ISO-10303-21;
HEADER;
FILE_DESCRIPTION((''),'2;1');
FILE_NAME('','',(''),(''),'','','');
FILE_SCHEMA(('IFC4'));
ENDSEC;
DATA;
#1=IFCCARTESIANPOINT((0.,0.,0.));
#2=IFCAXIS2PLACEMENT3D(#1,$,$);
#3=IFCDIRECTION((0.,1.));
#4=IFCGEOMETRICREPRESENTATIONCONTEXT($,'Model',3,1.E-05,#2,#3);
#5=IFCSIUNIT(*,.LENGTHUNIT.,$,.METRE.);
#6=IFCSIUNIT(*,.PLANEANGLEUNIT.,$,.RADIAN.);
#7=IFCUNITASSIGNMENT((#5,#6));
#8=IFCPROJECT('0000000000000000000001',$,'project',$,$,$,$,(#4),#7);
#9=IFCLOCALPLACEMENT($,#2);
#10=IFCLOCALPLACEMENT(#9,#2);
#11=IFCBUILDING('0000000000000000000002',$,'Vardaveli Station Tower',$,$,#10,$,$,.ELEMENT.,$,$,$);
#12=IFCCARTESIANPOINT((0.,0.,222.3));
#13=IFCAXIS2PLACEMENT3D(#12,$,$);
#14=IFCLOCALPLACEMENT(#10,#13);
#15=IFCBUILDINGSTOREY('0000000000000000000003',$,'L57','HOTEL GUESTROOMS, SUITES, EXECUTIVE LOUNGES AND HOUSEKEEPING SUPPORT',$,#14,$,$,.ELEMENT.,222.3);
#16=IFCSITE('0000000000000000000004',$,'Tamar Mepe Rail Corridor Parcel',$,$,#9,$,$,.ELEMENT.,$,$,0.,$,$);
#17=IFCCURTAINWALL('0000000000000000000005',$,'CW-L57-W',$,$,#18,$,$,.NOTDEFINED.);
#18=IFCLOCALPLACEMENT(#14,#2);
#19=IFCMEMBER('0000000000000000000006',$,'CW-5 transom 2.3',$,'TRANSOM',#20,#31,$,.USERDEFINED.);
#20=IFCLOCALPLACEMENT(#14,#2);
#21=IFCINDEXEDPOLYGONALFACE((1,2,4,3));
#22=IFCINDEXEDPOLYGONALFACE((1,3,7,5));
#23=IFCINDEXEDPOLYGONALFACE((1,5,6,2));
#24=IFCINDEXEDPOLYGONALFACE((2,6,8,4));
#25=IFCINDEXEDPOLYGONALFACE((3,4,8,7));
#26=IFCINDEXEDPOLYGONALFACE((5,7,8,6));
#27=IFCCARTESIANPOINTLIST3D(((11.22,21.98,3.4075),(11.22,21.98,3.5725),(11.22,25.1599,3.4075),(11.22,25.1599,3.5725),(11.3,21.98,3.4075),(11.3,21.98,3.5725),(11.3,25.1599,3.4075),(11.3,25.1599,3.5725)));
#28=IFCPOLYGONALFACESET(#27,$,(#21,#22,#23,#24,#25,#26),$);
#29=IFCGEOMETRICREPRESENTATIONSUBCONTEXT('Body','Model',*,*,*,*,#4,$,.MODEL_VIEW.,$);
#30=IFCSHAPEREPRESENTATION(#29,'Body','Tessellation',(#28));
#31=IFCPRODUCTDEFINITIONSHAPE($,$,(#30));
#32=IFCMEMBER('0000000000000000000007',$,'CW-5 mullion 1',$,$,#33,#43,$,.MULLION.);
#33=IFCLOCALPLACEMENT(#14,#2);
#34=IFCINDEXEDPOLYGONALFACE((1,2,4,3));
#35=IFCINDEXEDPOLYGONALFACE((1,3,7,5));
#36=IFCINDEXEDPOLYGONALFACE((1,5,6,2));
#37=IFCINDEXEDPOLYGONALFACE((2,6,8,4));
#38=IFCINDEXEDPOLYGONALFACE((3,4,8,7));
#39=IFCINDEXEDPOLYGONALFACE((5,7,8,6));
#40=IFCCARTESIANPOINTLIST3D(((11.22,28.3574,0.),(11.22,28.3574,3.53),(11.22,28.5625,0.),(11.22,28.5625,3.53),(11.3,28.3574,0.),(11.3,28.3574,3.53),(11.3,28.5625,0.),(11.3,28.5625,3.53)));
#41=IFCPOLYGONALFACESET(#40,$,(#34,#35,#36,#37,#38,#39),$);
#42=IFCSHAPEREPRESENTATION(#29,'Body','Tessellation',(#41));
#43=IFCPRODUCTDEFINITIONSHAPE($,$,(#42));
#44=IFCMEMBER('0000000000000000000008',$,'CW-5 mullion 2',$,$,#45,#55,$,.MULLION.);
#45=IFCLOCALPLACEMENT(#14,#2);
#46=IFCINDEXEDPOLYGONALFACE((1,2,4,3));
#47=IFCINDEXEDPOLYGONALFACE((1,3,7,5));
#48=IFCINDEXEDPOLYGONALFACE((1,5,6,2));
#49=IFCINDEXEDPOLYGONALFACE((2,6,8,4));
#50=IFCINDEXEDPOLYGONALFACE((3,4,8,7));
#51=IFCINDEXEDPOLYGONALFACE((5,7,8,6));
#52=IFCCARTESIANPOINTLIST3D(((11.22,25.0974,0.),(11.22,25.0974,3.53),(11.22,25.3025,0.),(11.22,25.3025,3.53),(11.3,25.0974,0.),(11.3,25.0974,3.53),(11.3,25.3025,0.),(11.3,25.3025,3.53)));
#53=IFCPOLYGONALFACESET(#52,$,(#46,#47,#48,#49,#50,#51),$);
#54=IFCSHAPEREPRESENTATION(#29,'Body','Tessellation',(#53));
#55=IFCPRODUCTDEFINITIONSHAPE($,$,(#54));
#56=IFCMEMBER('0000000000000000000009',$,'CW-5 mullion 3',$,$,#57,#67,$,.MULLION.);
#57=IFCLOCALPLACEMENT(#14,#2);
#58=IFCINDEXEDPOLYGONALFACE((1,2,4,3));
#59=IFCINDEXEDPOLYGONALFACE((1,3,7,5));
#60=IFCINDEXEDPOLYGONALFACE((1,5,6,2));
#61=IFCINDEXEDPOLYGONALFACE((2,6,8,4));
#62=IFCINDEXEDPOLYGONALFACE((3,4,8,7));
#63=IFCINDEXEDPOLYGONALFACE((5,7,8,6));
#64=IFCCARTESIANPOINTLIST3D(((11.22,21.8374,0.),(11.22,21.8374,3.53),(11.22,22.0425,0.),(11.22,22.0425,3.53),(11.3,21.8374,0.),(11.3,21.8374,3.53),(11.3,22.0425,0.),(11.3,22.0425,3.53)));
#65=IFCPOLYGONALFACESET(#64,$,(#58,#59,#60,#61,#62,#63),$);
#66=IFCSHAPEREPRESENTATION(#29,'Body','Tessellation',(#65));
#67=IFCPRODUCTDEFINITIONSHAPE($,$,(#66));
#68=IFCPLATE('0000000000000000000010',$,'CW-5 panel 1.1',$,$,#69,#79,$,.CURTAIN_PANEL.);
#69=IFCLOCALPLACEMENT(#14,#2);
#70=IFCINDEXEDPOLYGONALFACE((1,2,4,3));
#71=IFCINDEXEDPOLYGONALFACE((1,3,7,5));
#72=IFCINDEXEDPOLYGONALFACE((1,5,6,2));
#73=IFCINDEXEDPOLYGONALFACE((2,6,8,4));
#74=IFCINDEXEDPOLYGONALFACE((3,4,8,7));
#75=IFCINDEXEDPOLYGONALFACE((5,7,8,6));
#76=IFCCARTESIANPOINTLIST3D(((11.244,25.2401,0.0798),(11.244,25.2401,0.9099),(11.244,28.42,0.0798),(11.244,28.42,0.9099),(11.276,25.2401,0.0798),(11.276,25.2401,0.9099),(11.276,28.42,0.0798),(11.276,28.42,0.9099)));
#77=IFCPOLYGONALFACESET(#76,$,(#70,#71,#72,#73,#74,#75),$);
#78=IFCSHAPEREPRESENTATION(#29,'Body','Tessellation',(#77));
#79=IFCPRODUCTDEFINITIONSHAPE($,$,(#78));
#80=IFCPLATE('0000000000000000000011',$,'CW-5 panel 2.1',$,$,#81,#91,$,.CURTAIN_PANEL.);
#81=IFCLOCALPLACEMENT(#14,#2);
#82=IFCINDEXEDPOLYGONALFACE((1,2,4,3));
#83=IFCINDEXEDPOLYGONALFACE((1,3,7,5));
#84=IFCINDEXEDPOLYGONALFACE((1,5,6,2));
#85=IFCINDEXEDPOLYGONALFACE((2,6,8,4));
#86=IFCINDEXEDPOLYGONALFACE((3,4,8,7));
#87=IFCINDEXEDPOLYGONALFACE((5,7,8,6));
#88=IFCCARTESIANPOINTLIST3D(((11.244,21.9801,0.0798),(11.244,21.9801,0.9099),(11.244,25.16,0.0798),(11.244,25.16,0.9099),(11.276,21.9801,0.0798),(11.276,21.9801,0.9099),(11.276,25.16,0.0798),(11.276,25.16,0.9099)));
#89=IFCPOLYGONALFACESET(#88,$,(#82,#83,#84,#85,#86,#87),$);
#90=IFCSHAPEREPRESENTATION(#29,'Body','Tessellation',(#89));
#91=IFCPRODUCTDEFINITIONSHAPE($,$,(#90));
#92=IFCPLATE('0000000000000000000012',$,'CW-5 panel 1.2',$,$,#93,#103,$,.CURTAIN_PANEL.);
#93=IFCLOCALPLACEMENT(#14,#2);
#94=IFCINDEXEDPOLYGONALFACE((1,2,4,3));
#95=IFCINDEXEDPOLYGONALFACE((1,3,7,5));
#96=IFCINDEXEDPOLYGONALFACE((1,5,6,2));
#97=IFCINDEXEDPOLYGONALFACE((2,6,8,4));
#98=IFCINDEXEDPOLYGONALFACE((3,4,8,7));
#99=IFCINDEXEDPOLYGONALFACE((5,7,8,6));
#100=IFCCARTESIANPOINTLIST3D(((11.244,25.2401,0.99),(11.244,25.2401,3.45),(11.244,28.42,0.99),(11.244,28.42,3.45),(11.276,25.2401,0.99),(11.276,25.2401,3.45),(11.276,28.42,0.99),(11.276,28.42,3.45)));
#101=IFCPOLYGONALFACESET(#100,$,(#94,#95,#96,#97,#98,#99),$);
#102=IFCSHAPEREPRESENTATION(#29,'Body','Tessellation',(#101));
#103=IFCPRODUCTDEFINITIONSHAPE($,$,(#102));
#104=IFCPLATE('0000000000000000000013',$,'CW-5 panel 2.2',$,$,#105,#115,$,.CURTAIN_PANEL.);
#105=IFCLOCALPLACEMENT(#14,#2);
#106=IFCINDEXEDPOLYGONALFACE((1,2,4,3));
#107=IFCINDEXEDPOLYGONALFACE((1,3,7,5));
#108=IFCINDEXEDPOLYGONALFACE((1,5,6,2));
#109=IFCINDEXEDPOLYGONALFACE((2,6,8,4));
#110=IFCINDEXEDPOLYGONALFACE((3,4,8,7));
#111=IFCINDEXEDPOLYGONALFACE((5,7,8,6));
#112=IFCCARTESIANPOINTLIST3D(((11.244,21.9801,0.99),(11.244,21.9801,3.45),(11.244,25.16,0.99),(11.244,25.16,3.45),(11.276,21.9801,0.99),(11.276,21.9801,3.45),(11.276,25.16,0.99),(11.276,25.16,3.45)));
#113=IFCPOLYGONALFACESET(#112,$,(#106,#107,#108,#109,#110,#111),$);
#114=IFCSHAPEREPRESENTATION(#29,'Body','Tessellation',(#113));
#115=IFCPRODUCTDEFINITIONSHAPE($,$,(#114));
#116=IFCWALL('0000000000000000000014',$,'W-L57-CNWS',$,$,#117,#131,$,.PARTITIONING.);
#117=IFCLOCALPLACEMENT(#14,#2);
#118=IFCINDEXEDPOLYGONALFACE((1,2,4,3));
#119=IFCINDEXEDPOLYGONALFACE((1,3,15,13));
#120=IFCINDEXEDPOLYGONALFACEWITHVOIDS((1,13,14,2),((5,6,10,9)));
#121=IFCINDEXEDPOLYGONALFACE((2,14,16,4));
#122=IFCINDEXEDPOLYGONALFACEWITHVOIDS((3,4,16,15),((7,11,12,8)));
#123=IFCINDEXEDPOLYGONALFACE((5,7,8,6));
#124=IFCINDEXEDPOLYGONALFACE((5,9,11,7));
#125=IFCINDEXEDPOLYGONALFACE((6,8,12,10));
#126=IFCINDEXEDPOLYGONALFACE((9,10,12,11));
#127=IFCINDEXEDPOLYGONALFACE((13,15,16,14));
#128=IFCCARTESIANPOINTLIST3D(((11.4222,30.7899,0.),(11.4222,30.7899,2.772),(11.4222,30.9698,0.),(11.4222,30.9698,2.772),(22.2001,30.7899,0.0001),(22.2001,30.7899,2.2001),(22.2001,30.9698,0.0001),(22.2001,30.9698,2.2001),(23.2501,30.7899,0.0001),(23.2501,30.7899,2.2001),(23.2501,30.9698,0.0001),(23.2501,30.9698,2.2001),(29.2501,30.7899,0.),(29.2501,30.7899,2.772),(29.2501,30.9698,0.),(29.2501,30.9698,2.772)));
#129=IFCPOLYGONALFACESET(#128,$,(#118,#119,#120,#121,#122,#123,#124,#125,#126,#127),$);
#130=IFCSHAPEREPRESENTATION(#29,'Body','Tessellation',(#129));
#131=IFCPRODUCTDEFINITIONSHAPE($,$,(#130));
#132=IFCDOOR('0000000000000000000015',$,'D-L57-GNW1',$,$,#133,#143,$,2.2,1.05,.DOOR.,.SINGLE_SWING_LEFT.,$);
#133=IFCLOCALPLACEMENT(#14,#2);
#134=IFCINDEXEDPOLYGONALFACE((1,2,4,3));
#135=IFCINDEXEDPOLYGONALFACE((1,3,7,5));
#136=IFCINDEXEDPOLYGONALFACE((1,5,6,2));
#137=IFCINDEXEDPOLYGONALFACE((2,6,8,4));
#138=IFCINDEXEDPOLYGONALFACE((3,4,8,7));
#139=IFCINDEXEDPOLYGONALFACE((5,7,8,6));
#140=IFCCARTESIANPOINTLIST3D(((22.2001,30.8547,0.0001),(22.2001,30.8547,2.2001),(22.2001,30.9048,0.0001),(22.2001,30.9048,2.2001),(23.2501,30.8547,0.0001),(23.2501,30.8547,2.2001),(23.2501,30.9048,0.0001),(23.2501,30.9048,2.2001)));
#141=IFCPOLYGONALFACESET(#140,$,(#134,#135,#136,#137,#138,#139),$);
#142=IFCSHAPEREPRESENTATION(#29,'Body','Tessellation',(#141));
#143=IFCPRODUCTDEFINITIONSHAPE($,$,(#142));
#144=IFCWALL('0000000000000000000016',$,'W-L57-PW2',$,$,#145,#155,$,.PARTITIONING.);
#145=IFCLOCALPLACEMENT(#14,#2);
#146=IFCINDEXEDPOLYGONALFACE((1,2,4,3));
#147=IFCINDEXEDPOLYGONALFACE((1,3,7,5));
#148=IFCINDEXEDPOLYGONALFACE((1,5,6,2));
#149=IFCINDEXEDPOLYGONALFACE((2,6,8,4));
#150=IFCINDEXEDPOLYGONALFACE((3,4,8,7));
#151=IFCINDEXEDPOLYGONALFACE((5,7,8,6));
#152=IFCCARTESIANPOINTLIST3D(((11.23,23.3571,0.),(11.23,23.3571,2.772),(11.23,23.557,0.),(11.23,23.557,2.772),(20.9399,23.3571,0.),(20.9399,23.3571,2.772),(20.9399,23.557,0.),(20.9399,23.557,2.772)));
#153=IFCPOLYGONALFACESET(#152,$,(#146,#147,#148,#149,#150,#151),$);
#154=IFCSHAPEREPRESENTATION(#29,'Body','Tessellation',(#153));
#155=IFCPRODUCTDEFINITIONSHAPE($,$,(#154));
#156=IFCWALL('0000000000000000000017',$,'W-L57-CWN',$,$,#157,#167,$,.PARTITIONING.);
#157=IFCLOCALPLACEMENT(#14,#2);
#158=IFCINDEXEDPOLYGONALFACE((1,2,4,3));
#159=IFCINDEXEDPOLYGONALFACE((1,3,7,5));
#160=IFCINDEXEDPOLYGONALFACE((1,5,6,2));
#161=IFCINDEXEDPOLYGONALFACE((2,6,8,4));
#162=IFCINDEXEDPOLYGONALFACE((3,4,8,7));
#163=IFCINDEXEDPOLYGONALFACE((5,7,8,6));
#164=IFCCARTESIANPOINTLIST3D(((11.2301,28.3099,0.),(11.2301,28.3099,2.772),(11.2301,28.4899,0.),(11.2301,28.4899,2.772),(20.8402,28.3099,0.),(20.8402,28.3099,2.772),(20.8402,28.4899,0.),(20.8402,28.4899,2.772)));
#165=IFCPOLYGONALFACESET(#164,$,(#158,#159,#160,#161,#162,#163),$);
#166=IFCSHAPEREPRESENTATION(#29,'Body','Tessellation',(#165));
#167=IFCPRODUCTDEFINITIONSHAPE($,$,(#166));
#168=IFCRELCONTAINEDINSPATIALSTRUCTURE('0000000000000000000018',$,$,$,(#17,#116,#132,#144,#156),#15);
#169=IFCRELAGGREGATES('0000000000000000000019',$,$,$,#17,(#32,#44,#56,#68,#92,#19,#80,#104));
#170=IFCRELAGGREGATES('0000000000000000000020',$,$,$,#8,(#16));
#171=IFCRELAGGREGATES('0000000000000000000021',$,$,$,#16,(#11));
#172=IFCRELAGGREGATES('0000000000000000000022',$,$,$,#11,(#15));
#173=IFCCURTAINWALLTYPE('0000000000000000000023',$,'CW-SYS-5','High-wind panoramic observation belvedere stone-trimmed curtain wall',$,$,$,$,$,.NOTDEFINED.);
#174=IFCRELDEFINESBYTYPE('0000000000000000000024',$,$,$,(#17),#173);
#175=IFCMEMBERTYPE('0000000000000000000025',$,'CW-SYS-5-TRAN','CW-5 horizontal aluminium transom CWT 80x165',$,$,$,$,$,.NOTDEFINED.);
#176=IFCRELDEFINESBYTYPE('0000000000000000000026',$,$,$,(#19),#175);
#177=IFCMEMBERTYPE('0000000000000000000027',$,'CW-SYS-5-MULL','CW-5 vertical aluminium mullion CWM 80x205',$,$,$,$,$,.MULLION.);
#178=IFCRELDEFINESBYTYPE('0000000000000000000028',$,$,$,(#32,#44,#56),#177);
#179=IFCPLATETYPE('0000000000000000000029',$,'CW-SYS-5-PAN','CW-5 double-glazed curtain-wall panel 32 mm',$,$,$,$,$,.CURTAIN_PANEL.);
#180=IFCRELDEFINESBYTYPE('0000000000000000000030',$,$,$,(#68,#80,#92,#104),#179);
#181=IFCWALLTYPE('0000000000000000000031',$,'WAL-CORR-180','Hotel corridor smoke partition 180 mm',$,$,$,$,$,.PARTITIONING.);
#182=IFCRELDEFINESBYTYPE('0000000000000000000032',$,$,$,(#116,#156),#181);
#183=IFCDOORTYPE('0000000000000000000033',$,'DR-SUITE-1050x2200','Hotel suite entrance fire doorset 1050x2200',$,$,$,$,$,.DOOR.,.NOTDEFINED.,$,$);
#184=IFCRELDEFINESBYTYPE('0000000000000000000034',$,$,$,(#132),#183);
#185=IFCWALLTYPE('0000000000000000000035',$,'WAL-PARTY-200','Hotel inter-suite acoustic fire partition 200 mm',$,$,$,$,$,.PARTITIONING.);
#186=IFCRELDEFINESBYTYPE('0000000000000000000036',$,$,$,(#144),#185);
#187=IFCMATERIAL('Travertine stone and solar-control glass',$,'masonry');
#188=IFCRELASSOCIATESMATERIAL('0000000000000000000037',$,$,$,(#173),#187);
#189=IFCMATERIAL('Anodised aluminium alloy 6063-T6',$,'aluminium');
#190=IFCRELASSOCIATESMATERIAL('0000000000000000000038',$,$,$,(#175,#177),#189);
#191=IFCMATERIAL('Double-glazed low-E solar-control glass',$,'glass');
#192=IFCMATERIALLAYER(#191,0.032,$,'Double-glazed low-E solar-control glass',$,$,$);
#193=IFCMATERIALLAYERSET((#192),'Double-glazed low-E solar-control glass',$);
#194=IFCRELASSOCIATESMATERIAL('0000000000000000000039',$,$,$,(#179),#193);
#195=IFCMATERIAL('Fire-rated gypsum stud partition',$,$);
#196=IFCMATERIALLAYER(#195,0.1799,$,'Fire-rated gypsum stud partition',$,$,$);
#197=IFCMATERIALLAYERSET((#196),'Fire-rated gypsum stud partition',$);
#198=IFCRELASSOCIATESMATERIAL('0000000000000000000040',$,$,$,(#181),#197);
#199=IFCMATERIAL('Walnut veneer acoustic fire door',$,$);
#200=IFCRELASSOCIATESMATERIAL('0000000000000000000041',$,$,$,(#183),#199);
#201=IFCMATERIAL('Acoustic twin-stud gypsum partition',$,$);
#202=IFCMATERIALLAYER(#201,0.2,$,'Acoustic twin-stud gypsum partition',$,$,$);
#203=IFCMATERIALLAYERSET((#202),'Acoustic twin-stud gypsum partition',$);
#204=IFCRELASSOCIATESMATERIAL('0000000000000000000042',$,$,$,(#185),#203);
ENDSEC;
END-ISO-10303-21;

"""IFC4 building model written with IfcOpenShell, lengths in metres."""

from ifc_helpers import new_model, si_unit, direction, frame, frame_2d, origin, origin_2d, place, context, subcontext, project, spatial, rectangle, extrude, source, transform, mapped, material, layer, layer_set, material_profile, profile_set, type_object, element, fill, aggregate, save


model = new_model("IFC4")

# Units and contexts
model_context = context("Model", 3, precision=1e-05, world=origin(), true_north=direction((0.0, 1.0)))
body_context = subcontext(model_context, "Body", "Model", "MODEL_VIEW")
ifc_project = project(units=[si_unit("LENGTHUNIT", "METRE"), si_unit("PLANEANGLEUNIT", "RADIAN")], contexts=[model_context])

# Site, building, storey
site_placement = place(None, origin())
site = spatial("IfcSite", under=ifc_project, at=site_placement, Name="Tamar Mepe Rail Corridor Parcel", CompositionType="ELEMENT", RefElevation=0.0)
building_placement = place(site_placement, origin())
building = spatial("IfcBuilding", under=site, at=building_placement, Name="Vardaveli Station Tower", CompositionType="ELEMENT")
storey_placement = place(building_placement, frame((0.0, 0.0, 222.3)))
storey = spatial("IfcBuildingStorey", under=building, at=storey_placement, Name="L57", Description="HOTEL GUESTROOMS, SUITES, EXECUTIVE LOUNGES AND HOUSEKEEPING SUPPORT", CompositionType="ELEMENT", Elevation=222.3)

# Curtain wall, members, plates
ifc_material_1 = material(Name="Travertine stone and solar-control glass", Category="masonry")
curtain_wall_type = type_object("IfcCurtainWallType", Name="CW-SYS-5", Description="High-wind panoramic observation belvedere stone-trimmed curtain wall", PredefinedType="NOTDEFINED", material=ifc_material_1)
curtain_wall_placement = place(storey_placement, origin())
curtain_wall = element("IfcCurtainWall", 1, at=curtain_wall_placement, inside=storey, type_object=curtain_wall_type, Name="CW-L57-W", PredefinedType="NOTDEFINED")
ifc_material_2 = material(Name="Anodised aluminium alloy 6063-T6", Category="aluminium")
ifc_material_profile_1 = material_profile(ifc_material_2, rectangle(XDim=0.0801, YDim=0.165, at=origin_2d()), Name="CWT 80x165")
ifc_profile_set_1 = profile_set([ifc_material_profile_1], Name="Anodised aluminium alloy 6063-T6")
member_type_1 = type_object("IfcMemberType", Name="CW-SYS-5-TRAN", Description="CW-5 horizontal aluminium transom CWT 80x165", PredefinedType="NOTDEFINED", material=ifc_profile_set_1)
shared_shape_1 = source(origin(), body_context, "Body", "SweptSolid", [
    extrude(rectangle(XDim=0.0801, YDim=0.165, at=origin_2d()), origin(), (0.0, 0.0, 1.0), 3.1799),
])
member_1_placement = place(storey_placement, frame((11.26, 25.1599, 3.49), z_axis=(0.0, -1.0, 0.0), x_axis=(1.0, 0.0, 0.0)))
member_1 = element("IfcMember", 2, at=member_1_placement, type_object=member_type_1, Name="CW-5 transom 2.3", ObjectType="TRANSOM", PredefinedType="USERDEFINED", context=body_context, shape_type="MappedRepresentation", body=[
    mapped(shared_shape_1, transform((0.0, 0.0, 0.0), scale=1.0)),
])
ifc_material_profile_2 = material_profile(ifc_material_2, rectangle(XDim=0.0801, YDim=0.2051, at=origin_2d()), Name="CWM 80x205")
ifc_profile_set_2 = profile_set([ifc_material_profile_2], Name="Anodised aluminium alloy 6063-T6")
member_type_2 = type_object("IfcMemberType", Name="CW-SYS-5-MULL", Description="CW-5 vertical aluminium mullion CWM 80x205", PredefinedType="MULLION", material=ifc_profile_set_2)
shared_shape_2 = source(origin(), body_context, "Body", "SweptSolid", [
    extrude(rectangle(XDim=0.0801, YDim=0.2051, at=origin_2d()), origin(), (0.0, 0.0, 1.0), 3.53),
])
member_2_placement = place(storey_placement, frame((11.26, 28.46, 0.0), z_axis=(0.0, 0.0, 1.0), x_axis=(1.0, 0.0, 0.0)))
member_2 = element("IfcMember", 3, at=member_2_placement, type_object=member_type_2, Name="CW-5 mullion 1", PredefinedType="MULLION", context=body_context, shape_type="MappedRepresentation", body=[
    mapped(shared_shape_2, transform((0.0, 0.0, 0.0), scale=1.0)),
])
member_3_placement = place(storey_placement, frame((11.26, 25.2, 0.0), z_axis=(0.0, 0.0, 1.0), x_axis=(1.0, 0.0, 0.0)))
member_3 = element("IfcMember", 4, at=member_3_placement, type_object=member_type_2, Name="CW-5 mullion 2", PredefinedType="MULLION", context=body_context, shape_type="MappedRepresentation", body=[
    mapped(shared_shape_2, transform((0.0, 0.0, 0.0), scale=1.0)),
])
member_4_placement = place(storey_placement, frame((11.26, 21.9399, 0.0), z_axis=(0.0, 0.0, 1.0), x_axis=(1.0, 0.0, 0.0)))
member_4 = element("IfcMember", 5, at=member_4_placement, type_object=member_type_2, Name="CW-5 mullion 3", PredefinedType="MULLION", context=body_context, shape_type="MappedRepresentation", body=[
    mapped(shared_shape_2, transform((0.0, 0.0, 0.0), scale=1.0)),
])
ifc_material_3 = material(Name="Double-glazed low-E solar-control glass", Category="glass")
ifc_layer_1 = layer(ifc_material_3, 0.032, Name="Double-glazed low-E solar-control glass")
ifc_layer_set_1 = layer_set([ifc_layer_1], Name="Double-glazed low-E solar-control glass")
plate_type = type_object("IfcPlateType", Name="CW-SYS-5-PAN", Description="CW-5 double-glazed curtain-wall panel 32 mm", PredefinedType="CURTAIN_PANEL", material=ifc_layer_set_1)
shared_shape_3 = source(origin(), body_context, "Body", "SweptSolid", [
    extrude(rectangle(XDim=3.1799, YDim=0.032, at=origin_2d()), origin(), (0.0, 0.0, 1.0), 0.8301),
])
plate_1_placement = place(storey_placement, frame((11.26, 26.8301, 0.0798), z_axis=(0.0, 0.0, 1.0), x_axis=(0.0, -1.0, 0.0)))
plate_1 = element("IfcPlate", 6, at=plate_1_placement, type_object=plate_type, Name="CW-5 panel 1.1", PredefinedType="CURTAIN_PANEL", context=body_context, shape_type="MappedRepresentation", body=[
    mapped(shared_shape_3, transform((0.0, 0.0, 0.0), scale=1.0)),
])
plate_2_placement = place(storey_placement, frame((11.26, 23.5701, 0.0798), z_axis=(0.0, 0.0, 1.0), x_axis=(0.0, -1.0, 0.0)))
plate_2 = element("IfcPlate", 7, at=plate_2_placement, type_object=plate_type, Name="CW-5 panel 2.1", PredefinedType="CURTAIN_PANEL", context=body_context, shape_type="MappedRepresentation", body=[
    mapped(shared_shape_3, transform((0.0, 0.0, 0.0), scale=1.0)),
])
shared_shape_4 = source(origin(), body_context, "Body", "SweptSolid", [
    extrude(rectangle(XDim=3.1799, YDim=0.032, at=origin_2d()), origin(), (0.0, 0.0, 1.0), 2.46),
])
plate_3_placement = place(storey_placement, frame((11.26, 26.8301, 0.99), z_axis=(0.0, 0.0, 1.0), x_axis=(0.0, -1.0, 0.0)))
plate_3 = element("IfcPlate", 8, at=plate_3_placement, type_object=plate_type, Name="CW-5 panel 1.2", PredefinedType="CURTAIN_PANEL", context=body_context, shape_type="MappedRepresentation", body=[
    mapped(shared_shape_4, transform((0.0, 0.0, 0.0), scale=1.0)),
])
plate_4_placement = place(storey_placement, frame((11.26, 23.5701, 0.99), z_axis=(0.0, 0.0, 1.0), x_axis=(0.0, -1.0, 0.0)))
plate_4 = element("IfcPlate", 9, at=plate_4_placement, type_object=plate_type, Name="CW-5 panel 2.2", PredefinedType="CURTAIN_PANEL", context=body_context, shape_type="MappedRepresentation", body=[
    mapped(shared_shape_4, transform((0.0, 0.0, 0.0), scale=1.0)),
])
aggregate(curtain_wall, [member_2, member_3, member_4, plate_1, plate_3, member_1, plate_2, plate_4])

# Wall, opening, door
ifc_material_4 = material(Name="Fire-rated gypsum stud partition")
ifc_layer_2 = layer(ifc_material_4, 0.1799, Name="Fire-rated gypsum stud partition")
ifc_layer_set_2 = layer_set([ifc_layer_2], Name="Fire-rated gypsum stud partition")
wall_type_1 = type_object("IfcWallType", Name="WAL-CORR-180", Description="Hotel corridor smoke partition 180 mm", PredefinedType="PARTITIONING", material=ifc_layer_set_2)
shared_shape_5 = source(origin(), body_context, "Body", "SweptSolid", [
    extrude(rectangle(XDim=17.8279, YDim=0.1799, at=frame_2d((8.9141, 0.0))), origin(), (0.0, 0.0, 1.0), 2.772),
])
wall_1_placement = place(storey_placement, frame((11.4221, 30.8799, 0.0), z_axis=(0.0, 0.0, 1.0), x_axis=(1.0, 0.0, 0.0)))
wall_1 = element("IfcWall", 10, at=wall_1_placement, inside=storey, type_object=wall_type_1, Name="W-L57-CNWS", PredefinedType="PARTITIONING", context=body_context, shape_type="MappedRepresentation", body=[
    mapped(shared_shape_5, transform((0.0, 0.0, 0.0), scale=1.0)),
])
shared_shape_6 = source(origin(), body_context, "Body", "SweptSolid", [
    extrude(rectangle(XDim=1.05, YDim=2.2, at=frame_2d((0.5249, 1.1001))), frame((0.0, 0.1001, 0.0), z_axis=(0.0, -1.0, 0.0), x_axis=(1.0, 0.0, 0.0)), (0.0, 0.0, 1.0), 0.2),
])
opening_placement = place(wall_1_placement, frame((10.7781, 0.0, 0.0)))
opening = element("IfcOpeningElement", 11, at=opening_placement, cuts=wall_1, PredefinedType="OPENING", context=body_context, shape_type="MappedRepresentation", body=[
    mapped(shared_shape_6, transform((0.0, 0.0, 0.0), scale=1.0)),
])
ifc_material_5 = material(Name="Walnut veneer acoustic fire door")
door_type = type_object("IfcDoorType", Name="DR-SUITE-1050x2200", Description="Hotel suite entrance fire doorset 1050x2200", OperationType="NOTDEFINED", PredefinedType="DOOR", material=ifc_material_5)
shared_shape_7 = source(origin(), body_context, "Body", "SweptSolid", [
    extrude(rectangle(XDim=1.05, YDim=2.2, at=frame_2d((0.5249, 1.1001))), frame((0.0, 0.0249, 0.0), z_axis=(0.0, -1.0, 0.0), x_axis=(1.0, 0.0, 0.0)), (0.0, 0.0, 1.0), 0.05),
])
door_placement = place(opening_placement, origin())
door = element("IfcDoor", 12, at=door_placement, inside=storey, type_object=door_type, Name="D-L57-GNW1", OperationType="SINGLE_SWING_LEFT", OverallHeight=2.2, OverallWidth=1.05, PredefinedType="DOOR", context=body_context, shape_type="MappedRepresentation", body=[
    mapped(shared_shape_7, transform((0.0, 0.0, 0.0), scale=1.0)),
])
fill(opening, door)

# Walls
ifc_material_6 = material(Name="Acoustic twin-stud gypsum partition")
ifc_layer_3 = layer(ifc_material_6, 0.2, Name="Acoustic twin-stud gypsum partition")
ifc_layer_set_3 = layer_set([ifc_layer_3], Name="Acoustic twin-stud gypsum partition")
wall_type_2 = type_object("IfcWallType", Name="WAL-PARTY-200", Description="Hotel inter-suite acoustic fire partition 200 mm", PredefinedType="PARTITIONING", material=ifc_layer_set_3)
shared_shape_8 = source(origin(), body_context, "Body", "SweptSolid", [
    extrude(rectangle(XDim=9.71, YDim=0.2, at=frame_2d((4.855, 0.0))), origin(), (0.0, 0.0, 1.0), 2.772),
])
wall_2_placement = place(storey_placement, frame((11.23, 23.457, 0.0), z_axis=(0.0, 0.0, 1.0), x_axis=(1.0, 0.0, 0.0)))
element("IfcWall", 13, at=wall_2_placement, inside=storey, type_object=wall_type_2, Name="W-L57-PW2", PredefinedType="PARTITIONING", context=body_context, shape_type="MappedRepresentation", body=[
    mapped(shared_shape_8, transform((0.0, 0.0, 0.0), scale=1.0)),
])
shared_shape_9 = source(origin(), body_context, "Body", "SweptSolid", [
    extrude(rectangle(XDim=9.6101, YDim=0.1799, at=frame_2d((4.8052, 0.0))), origin(), (0.0, 0.0, 1.0), 2.772),
])
wall_3_placement = place(storey_placement, frame((11.23, 28.3999, 0.0), z_axis=(0.0, 0.0, 1.0), x_axis=(1.0, 0.0, 0.0)))
element("IfcWall", 14, at=wall_3_placement, inside=storey, type_object=wall_type_1, Name="W-L57-CWN", PredefinedType="PARTITIONING", context=body_context, shape_type="MappedRepresentation", body=[
    mapped(shared_shape_9, transform((0.0, 0.0, 0.0), scale=1.0)),
])

save(model, "model.ifc")
